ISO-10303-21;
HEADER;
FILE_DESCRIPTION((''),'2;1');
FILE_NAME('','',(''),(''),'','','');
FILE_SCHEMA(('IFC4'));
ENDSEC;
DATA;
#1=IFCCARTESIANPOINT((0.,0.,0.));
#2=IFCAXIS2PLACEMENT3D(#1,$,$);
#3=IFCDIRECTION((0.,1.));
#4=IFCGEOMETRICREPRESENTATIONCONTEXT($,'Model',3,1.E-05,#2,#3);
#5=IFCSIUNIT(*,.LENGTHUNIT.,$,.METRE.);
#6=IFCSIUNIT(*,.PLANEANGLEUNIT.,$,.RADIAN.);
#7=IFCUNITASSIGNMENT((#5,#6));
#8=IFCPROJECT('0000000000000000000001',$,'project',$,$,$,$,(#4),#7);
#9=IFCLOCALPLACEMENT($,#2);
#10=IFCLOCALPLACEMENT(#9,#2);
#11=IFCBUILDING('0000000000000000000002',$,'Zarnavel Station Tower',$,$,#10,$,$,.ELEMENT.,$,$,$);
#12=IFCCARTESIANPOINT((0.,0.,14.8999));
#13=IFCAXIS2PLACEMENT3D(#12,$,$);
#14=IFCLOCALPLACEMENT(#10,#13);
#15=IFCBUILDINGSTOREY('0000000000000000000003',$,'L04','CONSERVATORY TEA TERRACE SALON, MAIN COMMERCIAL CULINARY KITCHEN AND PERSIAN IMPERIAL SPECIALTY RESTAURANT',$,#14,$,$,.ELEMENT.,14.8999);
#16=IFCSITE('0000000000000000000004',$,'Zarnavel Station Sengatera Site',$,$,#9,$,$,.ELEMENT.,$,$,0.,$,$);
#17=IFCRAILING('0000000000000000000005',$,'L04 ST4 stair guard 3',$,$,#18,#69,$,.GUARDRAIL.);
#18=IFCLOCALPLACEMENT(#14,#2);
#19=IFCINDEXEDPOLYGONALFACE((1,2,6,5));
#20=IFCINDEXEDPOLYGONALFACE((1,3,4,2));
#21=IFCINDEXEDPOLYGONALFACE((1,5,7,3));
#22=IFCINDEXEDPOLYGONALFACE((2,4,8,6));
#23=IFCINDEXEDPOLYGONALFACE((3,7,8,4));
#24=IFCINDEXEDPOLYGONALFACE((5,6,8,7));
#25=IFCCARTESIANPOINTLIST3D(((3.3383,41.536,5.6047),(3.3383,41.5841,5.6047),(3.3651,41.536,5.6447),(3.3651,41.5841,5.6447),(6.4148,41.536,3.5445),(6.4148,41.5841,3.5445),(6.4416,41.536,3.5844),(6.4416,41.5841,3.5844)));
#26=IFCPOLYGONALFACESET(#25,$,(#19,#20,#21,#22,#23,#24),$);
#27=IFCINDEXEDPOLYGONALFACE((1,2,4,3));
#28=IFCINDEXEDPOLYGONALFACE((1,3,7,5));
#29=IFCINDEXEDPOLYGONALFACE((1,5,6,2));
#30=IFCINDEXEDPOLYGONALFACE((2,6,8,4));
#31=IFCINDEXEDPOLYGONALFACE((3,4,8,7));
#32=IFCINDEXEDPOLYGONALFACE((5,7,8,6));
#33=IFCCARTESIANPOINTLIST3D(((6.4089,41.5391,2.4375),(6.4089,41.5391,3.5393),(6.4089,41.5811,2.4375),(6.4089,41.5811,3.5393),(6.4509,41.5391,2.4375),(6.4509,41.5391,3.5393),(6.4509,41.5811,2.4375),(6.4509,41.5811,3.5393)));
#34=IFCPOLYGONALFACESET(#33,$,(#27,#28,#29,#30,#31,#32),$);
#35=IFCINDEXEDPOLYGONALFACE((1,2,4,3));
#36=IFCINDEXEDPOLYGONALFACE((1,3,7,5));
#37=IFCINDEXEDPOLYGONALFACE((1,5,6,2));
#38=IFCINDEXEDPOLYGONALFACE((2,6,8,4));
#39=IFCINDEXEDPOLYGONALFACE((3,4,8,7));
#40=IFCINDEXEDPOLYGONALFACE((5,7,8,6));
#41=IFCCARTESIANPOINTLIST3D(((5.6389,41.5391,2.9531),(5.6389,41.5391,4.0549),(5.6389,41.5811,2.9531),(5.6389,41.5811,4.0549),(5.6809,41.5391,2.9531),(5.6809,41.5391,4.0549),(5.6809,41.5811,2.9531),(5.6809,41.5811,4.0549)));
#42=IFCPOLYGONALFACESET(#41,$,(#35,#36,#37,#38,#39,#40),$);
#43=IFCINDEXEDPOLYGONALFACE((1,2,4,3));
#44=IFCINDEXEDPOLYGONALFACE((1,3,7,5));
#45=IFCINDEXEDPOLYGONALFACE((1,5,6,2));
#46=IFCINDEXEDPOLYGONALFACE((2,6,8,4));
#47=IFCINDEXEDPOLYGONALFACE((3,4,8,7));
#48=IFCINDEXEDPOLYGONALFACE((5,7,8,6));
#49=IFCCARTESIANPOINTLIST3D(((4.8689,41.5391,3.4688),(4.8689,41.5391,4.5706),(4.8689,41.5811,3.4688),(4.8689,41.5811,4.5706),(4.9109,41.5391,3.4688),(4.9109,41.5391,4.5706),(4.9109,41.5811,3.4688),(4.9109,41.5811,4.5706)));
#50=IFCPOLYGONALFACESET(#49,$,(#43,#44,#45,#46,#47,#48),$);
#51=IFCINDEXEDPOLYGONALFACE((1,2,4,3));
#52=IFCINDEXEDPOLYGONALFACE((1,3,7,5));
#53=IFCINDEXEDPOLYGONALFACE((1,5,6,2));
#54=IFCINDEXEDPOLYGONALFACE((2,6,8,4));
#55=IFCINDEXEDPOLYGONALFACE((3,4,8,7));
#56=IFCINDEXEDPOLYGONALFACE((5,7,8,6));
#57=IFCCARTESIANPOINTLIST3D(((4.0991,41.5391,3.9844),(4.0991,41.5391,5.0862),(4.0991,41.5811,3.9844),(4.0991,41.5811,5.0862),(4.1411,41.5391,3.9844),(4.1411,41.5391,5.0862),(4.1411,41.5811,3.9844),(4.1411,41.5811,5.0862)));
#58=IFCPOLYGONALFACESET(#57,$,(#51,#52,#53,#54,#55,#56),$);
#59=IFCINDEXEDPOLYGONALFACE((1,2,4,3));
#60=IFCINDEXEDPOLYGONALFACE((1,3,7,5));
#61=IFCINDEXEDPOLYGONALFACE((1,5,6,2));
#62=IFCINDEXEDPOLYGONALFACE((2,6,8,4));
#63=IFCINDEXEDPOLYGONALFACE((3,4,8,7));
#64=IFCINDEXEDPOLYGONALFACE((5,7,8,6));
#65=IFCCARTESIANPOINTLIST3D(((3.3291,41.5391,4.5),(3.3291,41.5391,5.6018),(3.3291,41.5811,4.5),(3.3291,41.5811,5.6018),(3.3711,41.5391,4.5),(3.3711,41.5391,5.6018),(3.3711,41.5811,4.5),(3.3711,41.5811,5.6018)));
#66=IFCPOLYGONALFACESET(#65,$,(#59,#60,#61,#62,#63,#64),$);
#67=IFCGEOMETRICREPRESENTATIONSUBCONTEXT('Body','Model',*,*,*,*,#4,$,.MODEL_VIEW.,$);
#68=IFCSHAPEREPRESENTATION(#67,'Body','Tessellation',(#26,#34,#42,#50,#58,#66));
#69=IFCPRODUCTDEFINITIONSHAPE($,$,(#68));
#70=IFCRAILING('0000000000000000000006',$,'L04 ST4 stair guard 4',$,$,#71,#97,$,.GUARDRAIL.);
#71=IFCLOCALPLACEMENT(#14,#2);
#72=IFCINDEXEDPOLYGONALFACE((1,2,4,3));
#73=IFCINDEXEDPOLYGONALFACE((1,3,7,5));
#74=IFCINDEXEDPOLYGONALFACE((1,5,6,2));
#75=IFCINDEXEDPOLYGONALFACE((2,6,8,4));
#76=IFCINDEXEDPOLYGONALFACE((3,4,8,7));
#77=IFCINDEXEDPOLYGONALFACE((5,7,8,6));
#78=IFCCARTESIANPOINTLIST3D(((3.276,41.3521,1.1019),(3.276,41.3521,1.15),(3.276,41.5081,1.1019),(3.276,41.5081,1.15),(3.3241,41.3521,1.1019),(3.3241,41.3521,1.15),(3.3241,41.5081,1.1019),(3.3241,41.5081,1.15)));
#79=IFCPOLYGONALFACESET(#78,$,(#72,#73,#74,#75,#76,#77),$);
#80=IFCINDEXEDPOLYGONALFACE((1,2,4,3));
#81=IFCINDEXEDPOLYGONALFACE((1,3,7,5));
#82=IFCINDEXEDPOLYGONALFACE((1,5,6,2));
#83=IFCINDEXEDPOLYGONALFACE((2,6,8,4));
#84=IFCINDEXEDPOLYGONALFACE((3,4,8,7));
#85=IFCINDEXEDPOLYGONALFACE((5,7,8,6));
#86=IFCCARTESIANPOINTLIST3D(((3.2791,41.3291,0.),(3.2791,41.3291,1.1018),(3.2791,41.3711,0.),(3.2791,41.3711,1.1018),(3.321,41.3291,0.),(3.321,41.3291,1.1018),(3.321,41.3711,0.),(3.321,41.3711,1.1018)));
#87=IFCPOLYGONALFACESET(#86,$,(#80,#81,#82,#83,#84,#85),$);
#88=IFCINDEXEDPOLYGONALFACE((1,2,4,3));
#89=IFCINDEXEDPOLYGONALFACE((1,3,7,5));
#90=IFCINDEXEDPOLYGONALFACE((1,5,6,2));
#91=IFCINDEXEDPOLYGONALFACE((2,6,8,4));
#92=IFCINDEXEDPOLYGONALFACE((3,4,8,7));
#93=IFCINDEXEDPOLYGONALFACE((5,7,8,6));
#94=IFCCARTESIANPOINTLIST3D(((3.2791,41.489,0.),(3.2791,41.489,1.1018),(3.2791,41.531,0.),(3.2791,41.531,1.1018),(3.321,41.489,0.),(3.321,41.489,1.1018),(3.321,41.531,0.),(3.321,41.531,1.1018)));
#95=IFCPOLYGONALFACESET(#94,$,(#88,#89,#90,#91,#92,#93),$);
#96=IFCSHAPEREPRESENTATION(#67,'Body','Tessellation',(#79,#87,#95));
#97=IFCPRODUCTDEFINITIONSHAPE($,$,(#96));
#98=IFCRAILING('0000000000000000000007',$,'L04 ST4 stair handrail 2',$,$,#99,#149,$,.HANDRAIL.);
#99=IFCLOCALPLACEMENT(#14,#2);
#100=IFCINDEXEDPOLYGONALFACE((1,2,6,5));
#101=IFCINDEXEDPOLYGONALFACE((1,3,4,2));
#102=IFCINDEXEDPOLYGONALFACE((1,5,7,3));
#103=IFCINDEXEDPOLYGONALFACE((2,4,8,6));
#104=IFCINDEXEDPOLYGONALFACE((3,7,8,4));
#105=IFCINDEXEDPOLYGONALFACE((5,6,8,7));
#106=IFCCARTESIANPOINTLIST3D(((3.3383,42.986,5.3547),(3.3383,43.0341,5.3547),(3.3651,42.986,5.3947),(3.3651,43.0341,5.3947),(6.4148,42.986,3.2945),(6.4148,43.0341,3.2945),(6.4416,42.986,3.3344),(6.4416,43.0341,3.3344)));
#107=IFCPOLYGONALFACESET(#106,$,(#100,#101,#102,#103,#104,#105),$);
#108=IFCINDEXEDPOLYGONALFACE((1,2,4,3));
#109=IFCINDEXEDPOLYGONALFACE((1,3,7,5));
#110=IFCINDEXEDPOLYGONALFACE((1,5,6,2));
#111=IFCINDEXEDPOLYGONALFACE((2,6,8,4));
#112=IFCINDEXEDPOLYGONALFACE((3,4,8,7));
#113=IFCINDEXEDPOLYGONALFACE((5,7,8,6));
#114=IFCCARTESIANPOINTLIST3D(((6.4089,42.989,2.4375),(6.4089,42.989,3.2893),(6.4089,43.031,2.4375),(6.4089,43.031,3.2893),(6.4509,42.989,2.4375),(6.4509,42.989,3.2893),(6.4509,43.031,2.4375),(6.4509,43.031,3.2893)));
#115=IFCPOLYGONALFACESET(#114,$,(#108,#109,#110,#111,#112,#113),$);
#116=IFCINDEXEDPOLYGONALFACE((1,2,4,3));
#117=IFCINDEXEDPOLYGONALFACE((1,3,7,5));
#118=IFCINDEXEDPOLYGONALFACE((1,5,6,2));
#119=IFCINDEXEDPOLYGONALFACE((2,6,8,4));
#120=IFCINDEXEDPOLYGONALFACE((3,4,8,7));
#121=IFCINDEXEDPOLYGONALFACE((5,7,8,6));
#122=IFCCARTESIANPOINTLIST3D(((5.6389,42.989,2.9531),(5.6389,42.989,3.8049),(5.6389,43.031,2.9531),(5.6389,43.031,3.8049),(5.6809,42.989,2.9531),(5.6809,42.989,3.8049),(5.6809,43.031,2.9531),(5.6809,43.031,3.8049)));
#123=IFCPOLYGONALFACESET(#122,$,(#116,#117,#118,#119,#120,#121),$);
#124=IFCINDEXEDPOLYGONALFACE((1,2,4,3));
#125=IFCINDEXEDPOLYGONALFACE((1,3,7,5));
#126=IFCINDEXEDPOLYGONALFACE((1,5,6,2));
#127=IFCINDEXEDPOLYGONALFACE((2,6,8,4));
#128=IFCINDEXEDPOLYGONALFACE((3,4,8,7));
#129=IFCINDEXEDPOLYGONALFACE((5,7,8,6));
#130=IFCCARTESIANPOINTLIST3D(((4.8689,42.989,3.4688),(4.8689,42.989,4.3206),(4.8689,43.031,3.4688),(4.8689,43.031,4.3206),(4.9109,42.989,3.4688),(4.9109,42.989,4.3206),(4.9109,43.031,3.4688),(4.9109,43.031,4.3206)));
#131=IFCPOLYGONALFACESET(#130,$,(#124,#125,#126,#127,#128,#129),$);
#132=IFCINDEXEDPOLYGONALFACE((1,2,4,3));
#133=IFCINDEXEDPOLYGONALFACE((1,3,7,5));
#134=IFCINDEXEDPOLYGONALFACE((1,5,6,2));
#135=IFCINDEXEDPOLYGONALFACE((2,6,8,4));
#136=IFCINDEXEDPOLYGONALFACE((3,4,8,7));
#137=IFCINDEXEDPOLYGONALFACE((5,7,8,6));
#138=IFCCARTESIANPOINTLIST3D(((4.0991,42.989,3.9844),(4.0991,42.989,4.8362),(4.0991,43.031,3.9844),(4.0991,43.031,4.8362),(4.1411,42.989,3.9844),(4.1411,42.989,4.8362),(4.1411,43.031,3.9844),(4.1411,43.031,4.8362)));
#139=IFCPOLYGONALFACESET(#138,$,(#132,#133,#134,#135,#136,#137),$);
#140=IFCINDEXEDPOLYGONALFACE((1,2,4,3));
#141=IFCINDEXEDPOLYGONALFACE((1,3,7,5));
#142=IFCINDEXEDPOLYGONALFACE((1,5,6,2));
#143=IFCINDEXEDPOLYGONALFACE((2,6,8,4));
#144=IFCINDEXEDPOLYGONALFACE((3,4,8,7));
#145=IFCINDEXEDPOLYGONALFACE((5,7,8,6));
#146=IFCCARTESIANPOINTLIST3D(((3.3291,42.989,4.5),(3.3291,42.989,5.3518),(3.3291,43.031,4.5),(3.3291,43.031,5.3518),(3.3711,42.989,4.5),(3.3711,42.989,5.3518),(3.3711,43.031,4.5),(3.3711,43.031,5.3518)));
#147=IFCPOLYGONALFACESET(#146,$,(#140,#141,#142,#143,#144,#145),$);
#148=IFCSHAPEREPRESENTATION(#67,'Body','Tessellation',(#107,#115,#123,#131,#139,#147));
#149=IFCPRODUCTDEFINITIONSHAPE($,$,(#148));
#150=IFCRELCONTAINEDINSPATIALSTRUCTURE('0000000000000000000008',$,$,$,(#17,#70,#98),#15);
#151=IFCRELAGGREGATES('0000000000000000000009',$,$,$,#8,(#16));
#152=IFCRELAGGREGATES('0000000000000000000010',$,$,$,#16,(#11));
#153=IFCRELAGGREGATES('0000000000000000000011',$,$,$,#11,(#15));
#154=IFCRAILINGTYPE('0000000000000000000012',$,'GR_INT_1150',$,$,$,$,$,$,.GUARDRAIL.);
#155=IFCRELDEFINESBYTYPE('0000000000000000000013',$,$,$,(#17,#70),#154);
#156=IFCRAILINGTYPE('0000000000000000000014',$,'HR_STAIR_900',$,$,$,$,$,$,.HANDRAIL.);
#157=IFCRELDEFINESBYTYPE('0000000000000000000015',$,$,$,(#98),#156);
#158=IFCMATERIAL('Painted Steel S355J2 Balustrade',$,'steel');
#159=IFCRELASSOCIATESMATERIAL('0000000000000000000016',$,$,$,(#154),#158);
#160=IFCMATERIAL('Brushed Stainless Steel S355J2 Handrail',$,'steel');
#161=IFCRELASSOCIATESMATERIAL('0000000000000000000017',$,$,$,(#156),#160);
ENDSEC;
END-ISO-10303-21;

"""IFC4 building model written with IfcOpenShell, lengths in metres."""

from ifc_helpers import new_model, si_unit, direction, frame, origin, origin_2d, place, context, subcontext, project, spatial, rectangle, extrude, material, type_object, element, save


model = new_model("IFC4")

# Units and contexts
model_context = context("Model", 3, precision=1e-05, world=origin(), true_north=direction((0.0, 1.0)))
body_context = subcontext(model_context, "Body", "Model", "MODEL_VIEW")
ifc_project = project(units=[si_unit("LENGTHUNIT", "METRE"), si_unit("PLANEANGLEUNIT", "RADIAN")], contexts=[model_context])

# Site, building, storey
site_placement = place(None, origin())
site = spatial("IfcSite", under=ifc_project, at=site_placement, Name="Zarnavel Station Sengatera Site", CompositionType="ELEMENT", RefElevation=0.0)
building_placement = place(site_placement, origin())
building = spatial("IfcBuilding", under=site, at=building_placement, Name="Zarnavel Station Tower", CompositionType="ELEMENT")
storey_placement = place(building_placement, frame((0.0, 0.0, 14.8999)))
storey = spatial("IfcBuildingStorey", under=building, at=storey_placement, Name="L04", Description="CONSERVATORY TEA TERRACE SALON, MAIN COMMERCIAL CULINARY KITCHEN AND PERSIAN IMPERIAL SPECIALTY RESTAURANT", CompositionType="ELEMENT", Elevation=14.8999)

# Railings
ifc_material_1 = material(Name="Painted Steel S355J2 Balustrade", Category="steel")
railing_type_1 = type_object("IfcRailingType", Name="GR_INT_1150", PredefinedType="GUARDRAIL", material=ifc_material_1)
railing_1_placement = place(storey_placement, frame((6.4299, 41.5601, 2.4375)))
element("IfcRailing", 1, at=railing_1_placement, inside=storey, type_object=railing_type_1, Name="L04 ST4 stair guard 3", PredefinedType="GUARDRAIL", context=body_context, shape_type="SweptSolid", body=[
    extrude(rectangle(XDim=0.0481, YDim=0.0481, at=origin_2d()), frame((-0.0017, 0.0, 1.127), z_axis=(-0.830893, 0.0, 0.556432), x_axis=(0.0, -1.0, 0.0)), (0.0, 0.0, 1.0), 3.7026),
    extrude(rectangle(XDim=0.042, YDim=0.042, at=origin_2d()), origin(), (0.0, 0.0, 1.0), 1.1018),
    extrude(rectangle(XDim=0.042, YDim=0.042, at=origin_2d()), frame((-0.77, 0.0, 0.5156)), (0.0, 0.0, 1.0), 1.1018),
    extrude(rectangle(XDim=0.042, YDim=0.042, at=origin_2d()), frame((-1.54, 0.0, 1.0312)), (0.0, 0.0, 1.0), 1.1018),
    extrude(rectangle(XDim=0.042, YDim=0.042, at=origin_2d()), frame((-2.3098, 0.0, 1.5469)), (0.0, 0.0, 1.0), 1.1018),
    extrude(rectangle(XDim=0.042, YDim=0.042, at=origin_2d()), frame((-3.0798, 0.0, 2.0625)), (0.0, 0.0, 1.0), 1.1018),
])
railing_2_placement = place(storey_placement, frame((3.3, 41.3501, 0.0)))
element("IfcRailing", 2, at=railing_2_placement, inside=storey, type_object=railing_type_1, Name="L04 ST4 stair guard 4", PredefinedType="GUARDRAIL", context=body_context, shape_type="SweptSolid", body=[
    extrude(rectangle(XDim=0.0481, YDim=0.0481, at=origin_2d()), frame((0.0, 0.002, 1.126), z_axis=(0.0, 1.0, 0.0), x_axis=(-1.0, 0.0, 0.0)), (0.0, 0.0, 1.0), 0.156),
    extrude(rectangle(XDim=0.042, YDim=0.042, at=origin_2d()), origin(), (0.0, 0.0, 1.0), 1.1018),
    extrude(rectangle(XDim=0.042, YDim=0.042, at=origin_2d()), frame((0.0, 0.1599, 0.0)), (0.0, 0.0, 1.0), 1.1018),
])
ifc_material_2 = material(Name="Brushed Stainless Steel S355J2 Handrail", Category="steel")
railing_type_2 = type_object("IfcRailingType", Name="HR_STAIR_900", PredefinedType="HANDRAIL", material=ifc_material_2)
railing_3_placement = place(storey_placement, frame((6.4299, 43.01, 2.4375)))
element("IfcRailing", 3, at=railing_3_placement, inside=storey, type_object=railing_type_2, Name="L04 ST4 stair handrail 2", PredefinedType="HANDRAIL", context=body_context, shape_type="SweptSolid", body=[
    extrude(rectangle(XDim=0.0481, YDim=0.0481, at=origin_2d()), frame((-0.0017, 0.0, 0.877), z_axis=(-0.830893, 0.0, 0.556432), x_axis=(0.0, -1.0, 0.0)), (0.0, 0.0, 1.0), 3.7026),
    extrude(rectangle(XDim=0.042, YDim=0.042, at=origin_2d()), origin(), (0.0, 0.0, 1.0), 0.8518),
    extrude(rectangle(XDim=0.042, YDim=0.042, at=origin_2d()), frame((-0.77, 0.0, 0.5156)), (0.0, 0.0, 1.0), 0.8518),
    extrude(rectangle(XDim=0.042, YDim=0.042, at=origin_2d()), frame((-1.54, 0.0, 1.0312)), (0.0, 0.0, 1.0), 0.8518),
    extrude(rectangle(XDim=0.042, YDim=0.042, at=origin_2d()), frame((-2.3098, 0.0, 1.5469)), (0.0, 0.0, 1.0), 0.8518),
    extrude(rectangle(XDim=0.042, YDim=0.042, at=origin_2d()), frame((-3.0798, 0.0, 2.0625)), (0.0, 0.0, 1.0), 0.8518),
])

save(model, "model.ifc")
